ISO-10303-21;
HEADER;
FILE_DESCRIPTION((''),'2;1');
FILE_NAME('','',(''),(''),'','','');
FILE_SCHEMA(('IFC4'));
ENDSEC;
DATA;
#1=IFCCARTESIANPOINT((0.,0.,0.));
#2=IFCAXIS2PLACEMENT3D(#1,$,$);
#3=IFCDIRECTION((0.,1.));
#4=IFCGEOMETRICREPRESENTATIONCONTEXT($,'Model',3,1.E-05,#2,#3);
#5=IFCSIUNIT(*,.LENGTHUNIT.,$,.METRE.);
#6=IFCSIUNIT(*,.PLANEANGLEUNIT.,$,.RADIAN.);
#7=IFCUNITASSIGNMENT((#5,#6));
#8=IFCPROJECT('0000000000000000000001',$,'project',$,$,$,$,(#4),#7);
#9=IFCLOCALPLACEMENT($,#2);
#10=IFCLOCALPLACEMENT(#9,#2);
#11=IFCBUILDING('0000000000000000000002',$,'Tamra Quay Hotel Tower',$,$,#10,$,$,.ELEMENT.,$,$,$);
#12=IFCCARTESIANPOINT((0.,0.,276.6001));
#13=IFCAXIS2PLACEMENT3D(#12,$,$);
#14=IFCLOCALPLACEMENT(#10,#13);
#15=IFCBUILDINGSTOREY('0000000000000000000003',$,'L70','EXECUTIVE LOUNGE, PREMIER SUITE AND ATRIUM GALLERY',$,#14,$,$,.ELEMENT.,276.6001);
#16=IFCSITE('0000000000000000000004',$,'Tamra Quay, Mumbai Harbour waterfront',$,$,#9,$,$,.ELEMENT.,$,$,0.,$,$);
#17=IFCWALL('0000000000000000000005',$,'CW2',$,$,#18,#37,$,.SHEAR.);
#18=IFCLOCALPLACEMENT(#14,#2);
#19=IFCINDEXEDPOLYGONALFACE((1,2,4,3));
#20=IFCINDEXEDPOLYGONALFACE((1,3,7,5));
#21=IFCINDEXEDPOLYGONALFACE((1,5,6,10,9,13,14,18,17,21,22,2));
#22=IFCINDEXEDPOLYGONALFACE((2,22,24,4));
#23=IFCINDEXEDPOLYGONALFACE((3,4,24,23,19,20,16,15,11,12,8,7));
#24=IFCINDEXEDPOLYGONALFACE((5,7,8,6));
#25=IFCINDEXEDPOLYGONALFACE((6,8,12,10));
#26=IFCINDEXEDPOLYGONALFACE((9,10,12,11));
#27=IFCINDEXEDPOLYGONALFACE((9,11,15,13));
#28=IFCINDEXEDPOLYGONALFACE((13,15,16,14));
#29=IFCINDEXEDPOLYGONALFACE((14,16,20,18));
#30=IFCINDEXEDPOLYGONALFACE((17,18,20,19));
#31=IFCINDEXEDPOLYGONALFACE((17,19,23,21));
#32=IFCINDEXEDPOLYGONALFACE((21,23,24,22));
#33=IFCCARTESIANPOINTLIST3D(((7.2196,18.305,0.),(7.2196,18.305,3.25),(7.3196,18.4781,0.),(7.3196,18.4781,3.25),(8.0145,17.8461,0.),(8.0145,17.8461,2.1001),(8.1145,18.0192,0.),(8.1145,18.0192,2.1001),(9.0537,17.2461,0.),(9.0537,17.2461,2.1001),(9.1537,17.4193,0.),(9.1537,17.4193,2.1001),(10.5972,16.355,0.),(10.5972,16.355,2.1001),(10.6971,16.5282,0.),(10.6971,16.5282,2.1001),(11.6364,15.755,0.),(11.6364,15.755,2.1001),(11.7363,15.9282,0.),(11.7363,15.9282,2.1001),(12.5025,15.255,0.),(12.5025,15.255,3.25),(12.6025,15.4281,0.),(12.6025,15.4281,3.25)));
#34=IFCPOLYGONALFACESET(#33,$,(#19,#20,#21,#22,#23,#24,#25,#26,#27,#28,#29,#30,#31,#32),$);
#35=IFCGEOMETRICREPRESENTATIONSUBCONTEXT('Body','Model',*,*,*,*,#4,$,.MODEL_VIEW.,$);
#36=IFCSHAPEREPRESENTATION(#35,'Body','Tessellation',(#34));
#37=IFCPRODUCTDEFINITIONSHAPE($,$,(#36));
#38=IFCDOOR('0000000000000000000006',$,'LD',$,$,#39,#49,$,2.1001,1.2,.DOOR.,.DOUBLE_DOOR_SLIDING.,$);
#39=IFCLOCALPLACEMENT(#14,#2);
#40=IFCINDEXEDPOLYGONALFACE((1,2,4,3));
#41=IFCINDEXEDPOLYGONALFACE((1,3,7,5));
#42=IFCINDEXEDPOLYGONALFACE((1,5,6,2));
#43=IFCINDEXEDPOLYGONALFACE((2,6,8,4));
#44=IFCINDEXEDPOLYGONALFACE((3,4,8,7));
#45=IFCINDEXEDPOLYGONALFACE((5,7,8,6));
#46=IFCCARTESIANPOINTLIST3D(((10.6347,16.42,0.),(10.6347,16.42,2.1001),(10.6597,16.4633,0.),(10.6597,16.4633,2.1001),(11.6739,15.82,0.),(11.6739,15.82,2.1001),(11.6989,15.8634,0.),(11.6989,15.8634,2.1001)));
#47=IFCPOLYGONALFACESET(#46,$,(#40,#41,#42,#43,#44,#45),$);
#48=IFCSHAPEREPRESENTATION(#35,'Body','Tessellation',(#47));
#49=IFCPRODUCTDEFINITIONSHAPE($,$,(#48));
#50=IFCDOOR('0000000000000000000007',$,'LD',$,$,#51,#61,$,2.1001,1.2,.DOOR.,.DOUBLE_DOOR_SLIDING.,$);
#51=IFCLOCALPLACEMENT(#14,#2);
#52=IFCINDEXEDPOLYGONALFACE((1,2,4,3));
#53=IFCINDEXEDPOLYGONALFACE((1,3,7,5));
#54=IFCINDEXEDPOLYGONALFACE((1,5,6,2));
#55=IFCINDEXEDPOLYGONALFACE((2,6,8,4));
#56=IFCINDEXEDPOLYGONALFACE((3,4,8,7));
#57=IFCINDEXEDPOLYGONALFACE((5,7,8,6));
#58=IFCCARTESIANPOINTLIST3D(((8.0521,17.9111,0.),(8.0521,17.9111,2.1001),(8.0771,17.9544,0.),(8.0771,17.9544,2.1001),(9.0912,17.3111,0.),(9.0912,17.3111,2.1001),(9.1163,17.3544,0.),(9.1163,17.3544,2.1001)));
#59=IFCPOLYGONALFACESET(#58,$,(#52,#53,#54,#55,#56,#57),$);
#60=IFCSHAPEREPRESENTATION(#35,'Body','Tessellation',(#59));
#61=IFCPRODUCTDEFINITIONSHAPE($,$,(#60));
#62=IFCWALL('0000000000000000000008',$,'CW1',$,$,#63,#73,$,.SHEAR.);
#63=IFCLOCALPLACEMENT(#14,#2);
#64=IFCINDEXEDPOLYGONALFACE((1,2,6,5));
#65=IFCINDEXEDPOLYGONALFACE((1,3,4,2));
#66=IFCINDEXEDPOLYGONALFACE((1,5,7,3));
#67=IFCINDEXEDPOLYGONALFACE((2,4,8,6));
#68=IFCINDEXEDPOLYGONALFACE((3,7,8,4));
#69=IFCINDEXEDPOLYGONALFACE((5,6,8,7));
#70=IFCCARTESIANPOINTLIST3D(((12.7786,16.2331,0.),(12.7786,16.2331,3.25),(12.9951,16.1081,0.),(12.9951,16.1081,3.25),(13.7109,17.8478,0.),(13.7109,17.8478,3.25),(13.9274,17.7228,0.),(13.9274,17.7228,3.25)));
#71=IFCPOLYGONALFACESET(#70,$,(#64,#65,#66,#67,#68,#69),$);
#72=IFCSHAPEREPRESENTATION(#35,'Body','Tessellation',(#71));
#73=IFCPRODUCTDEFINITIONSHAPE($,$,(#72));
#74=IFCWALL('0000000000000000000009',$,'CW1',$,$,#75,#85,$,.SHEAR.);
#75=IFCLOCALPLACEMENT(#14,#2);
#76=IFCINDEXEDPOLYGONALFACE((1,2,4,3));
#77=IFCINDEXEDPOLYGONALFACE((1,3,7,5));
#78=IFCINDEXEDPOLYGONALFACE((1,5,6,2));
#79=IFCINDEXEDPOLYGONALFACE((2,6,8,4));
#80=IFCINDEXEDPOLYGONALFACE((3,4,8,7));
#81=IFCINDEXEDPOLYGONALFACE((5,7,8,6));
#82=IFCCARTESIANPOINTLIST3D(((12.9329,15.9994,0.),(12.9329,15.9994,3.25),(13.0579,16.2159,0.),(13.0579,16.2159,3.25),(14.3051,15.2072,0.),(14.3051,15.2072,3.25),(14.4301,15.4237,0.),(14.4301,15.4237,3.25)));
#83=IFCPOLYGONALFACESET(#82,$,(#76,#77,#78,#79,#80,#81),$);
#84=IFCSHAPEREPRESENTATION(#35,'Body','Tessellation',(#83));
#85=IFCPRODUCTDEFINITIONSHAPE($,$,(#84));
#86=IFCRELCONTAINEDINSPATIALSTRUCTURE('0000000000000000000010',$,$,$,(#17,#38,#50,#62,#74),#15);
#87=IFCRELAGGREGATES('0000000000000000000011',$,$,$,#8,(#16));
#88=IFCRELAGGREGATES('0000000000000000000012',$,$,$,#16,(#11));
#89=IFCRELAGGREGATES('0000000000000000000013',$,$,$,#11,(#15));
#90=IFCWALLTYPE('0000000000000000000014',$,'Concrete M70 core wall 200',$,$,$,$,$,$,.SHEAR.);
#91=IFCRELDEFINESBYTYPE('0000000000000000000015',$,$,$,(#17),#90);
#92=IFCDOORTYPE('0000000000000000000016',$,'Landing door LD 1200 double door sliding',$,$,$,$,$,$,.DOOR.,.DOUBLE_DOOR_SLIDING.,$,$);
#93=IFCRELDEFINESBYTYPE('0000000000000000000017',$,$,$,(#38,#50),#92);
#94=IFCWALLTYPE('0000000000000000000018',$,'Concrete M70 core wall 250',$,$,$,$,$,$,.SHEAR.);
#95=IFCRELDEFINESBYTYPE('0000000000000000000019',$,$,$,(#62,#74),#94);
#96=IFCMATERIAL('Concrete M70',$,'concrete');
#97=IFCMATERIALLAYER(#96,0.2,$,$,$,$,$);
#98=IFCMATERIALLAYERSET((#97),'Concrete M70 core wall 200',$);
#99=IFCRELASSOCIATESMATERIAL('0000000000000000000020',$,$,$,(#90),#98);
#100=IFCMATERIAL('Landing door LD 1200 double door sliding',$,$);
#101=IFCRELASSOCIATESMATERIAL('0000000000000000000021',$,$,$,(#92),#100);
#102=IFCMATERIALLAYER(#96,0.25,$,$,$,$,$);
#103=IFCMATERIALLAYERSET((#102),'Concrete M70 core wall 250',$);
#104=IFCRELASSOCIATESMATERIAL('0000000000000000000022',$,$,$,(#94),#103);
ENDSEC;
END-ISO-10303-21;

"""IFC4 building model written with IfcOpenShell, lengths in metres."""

from ifc_helpers import new_model, si_unit, direction, frame, frame_2d, origin, place, context, subcontext, project, spatial, rectangle, extrude, material, layer, layer_set, type_object, element, fill, save


model = new_model("IFC4")

# Units and contexts
model_context = context("Model", 3, precision=1e-05, world=origin(), true_north=direction((0.0, 1.0)))
body_context = subcontext(model_context, "Body", "Model", "MODEL_VIEW")
ifc_project = project(units=[si_unit("LENGTHUNIT", "METRE"), si_unit("PLANEANGLEUNIT", "RADIAN")], contexts=[model_context])

# Site, building, storey
site_placement = place(None, origin())
site = spatial("IfcSite", under=ifc_project, at=site_placement, Name="Tamra Quay, Mumbai Harbour waterfront", CompositionType="ELEMENT", RefElevation=0.0)
building_placement = place(site_placement, origin())
building = spatial("IfcBuilding", under=site, at=building_placement, Name="Tamra Quay Hotel Tower", CompositionType="ELEMENT")
storey_placement = place(building_placement, frame((0.0, 0.0, 276.6001)))
storey = spatial("IfcBuildingStorey", under=building, at=storey_placement, Name="L70", Description="EXECUTIVE LOUNGE, PREMIER SUITE AND ATRIUM GALLERY", CompositionType="ELEMENT", Elevation=276.6001)

# Shared definitions
ifc_material_1 = material(Name="Concrete M70", Category="concrete")

# Wall, openings, doors
ifc_layer_1 = layer(ifc_material_1, 0.2)
ifc_layer_set_1 = layer_set([ifc_layer_1], Name="Concrete M70 core wall 200")
wall_type_1 = type_object("IfcWallType", Name="Concrete M70 core wall 200", PredefinedType="SHEAR", material=ifc_layer_set_1)
wall_1_placement = place(storey_placement, frame((12.5525, 15.3416, 0.0), z_axis=(0.0, 0.0, 1.0), x_axis=(-0.86603, 0.499992, 0.0)))
wall_1 = element("IfcWall", 1, at=wall_1_placement, inside=storey, type_object=wall_type_1, Name="CW2", PredefinedType="SHEAR", context=body_context, shape_type="SweptSolid", body=[
    extrude(rectangle(XDim=6.1001, YDim=0.2, at=frame_2d((3.05, 0.0))), origin(), (0.0, 0.0, 1.0), 3.25),
])
opening_1_placement = place(wall_1_placement, frame((1.0, 0.0, 0.0)))
opening_1 = element("IfcOpeningElement", 2, at=opening_1_placement, cuts=wall_1, PredefinedType="OPENING", context=body_context, shape_type="SweptSolid", body=[
    extrude(rectangle(XDim=1.2, YDim=2.1001, at=frame_2d((0.6001, 1.05))), frame((0.0, 0.1099, 0.0), z_axis=(0.0, -1.0, 0.0), x_axis=(1.0, 0.0, 0.0)), (0.0, 0.0, 1.0), 0.22),
])
opening_2_placement = place(wall_1_placement, frame((3.9822, 0.0, 0.0)))
opening_2 = element("IfcOpeningElement", 3, at=opening_2_placement, cuts=wall_1, PredefinedType="OPENING", context=body_context, shape_type="SweptSolid", body=[
    extrude(rectangle(XDim=1.2, YDim=2.1001, at=frame_2d((0.6001, 1.05))), frame((0.0, 0.1099, 0.0), z_axis=(0.0, -1.0, 0.0), x_axis=(1.0, 0.0, 0.0)), (0.0, 0.0, 1.0), 0.22),
])
ifc_material_2 = material(Name="Landing door LD 1200 double door sliding")
door_type = type_object("IfcDoorType", Name="Landing door LD 1200 double door sliding", OperationType="DOUBLE_DOOR_SLIDING", PredefinedType="DOOR", material=ifc_material_2)
door_1_placement = place(opening_1_placement, origin())
door_1 = element("IfcDoor", 4, at=door_1_placement, inside=storey, type_object=door_type, Name="LD", OperationType="DOUBLE_DOOR_SLIDING", OverallHeight=2.1001, OverallWidth=1.2, PredefinedType="DOOR", context=body_context, shape_type="SweptSolid", body=[
    extrude(rectangle(XDim=1.2, YDim=2.1001, at=frame_2d((0.6001, 1.05))), frame((0.0, 0.0249, 0.0), z_axis=(0.0, -1.0, 0.0), x_axis=(1.0, 0.0, 0.0)), (0.0, 0.0, 1.0), 0.05),
])
fill(opening_1, door_1)
door_2_placement = place(opening_2_placement, origin())
door_2 = element("IfcDoor", 5, at=door_2_placement, inside=storey, type_object=door_type, Name="LD", OperationType="DOUBLE_DOOR_SLIDING", OverallHeight=2.1001, OverallWidth=1.2, PredefinedType="DOOR", context=body_context, shape_type="SweptSolid", body=[
    extrude(rectangle(XDim=1.2, YDim=2.1001, at=frame_2d((0.6001, 1.05))), frame((0.0, 0.0249, 0.0), z_axis=(0.0, -1.0, 0.0), x_axis=(1.0, 0.0, 0.0)), (0.0, 0.0, 1.0), 0.05),
])
fill(opening_2, door_2)

# Walls
ifc_layer_2 = layer(ifc_material_1, 0.25)
ifc_layer_set_2 = layer_set([ifc_layer_2], Name="Concrete M70 core wall 250")
wall_type_2 = type_object("IfcWallType", Name="Concrete M70 core wall 250", PredefinedType="SHEAR", material=ifc_layer_set_2)
wall_2_placement = place(storey_placement, frame((13.8191, 17.7852, 0.0), z_axis=(0.0, 0.0, 1.0), x_axis=(-0.50004, -0.866002, 0.0)))
element("IfcWall", 6, at=wall_2_placement, inside=storey, type_object=wall_type_2, Name="CW1", PredefinedType="SHEAR", context=body_context, shape_type="SweptSolid", body=[
    extrude(rectangle(XDim=1.8645, YDim=0.25, at=frame_2d((0.9321, 0.0))), origin(), (0.0, 0.0, 1.0), 3.25),
])
wall_3_placement = place(storey_placement, frame((12.9954, 16.1077, 0.0), z_axis=(0.0, 0.0, 1.0), x_axis=(0.866044, -0.499967, 0.0)))
element("IfcWall", 7, at=wall_3_placement, inside=storey, type_object=wall_type_2, Name="CW1", PredefinedType="SHEAR", context=body_context, shape_type="SweptSolid", body=[
    extrude(rectangle(XDim=1.5845, YDim=0.25, at=frame_2d((0.7922, 0.0))), origin(), (0.0, 0.0, 1.0), 3.25),
])

save(model, "model.ifc")
